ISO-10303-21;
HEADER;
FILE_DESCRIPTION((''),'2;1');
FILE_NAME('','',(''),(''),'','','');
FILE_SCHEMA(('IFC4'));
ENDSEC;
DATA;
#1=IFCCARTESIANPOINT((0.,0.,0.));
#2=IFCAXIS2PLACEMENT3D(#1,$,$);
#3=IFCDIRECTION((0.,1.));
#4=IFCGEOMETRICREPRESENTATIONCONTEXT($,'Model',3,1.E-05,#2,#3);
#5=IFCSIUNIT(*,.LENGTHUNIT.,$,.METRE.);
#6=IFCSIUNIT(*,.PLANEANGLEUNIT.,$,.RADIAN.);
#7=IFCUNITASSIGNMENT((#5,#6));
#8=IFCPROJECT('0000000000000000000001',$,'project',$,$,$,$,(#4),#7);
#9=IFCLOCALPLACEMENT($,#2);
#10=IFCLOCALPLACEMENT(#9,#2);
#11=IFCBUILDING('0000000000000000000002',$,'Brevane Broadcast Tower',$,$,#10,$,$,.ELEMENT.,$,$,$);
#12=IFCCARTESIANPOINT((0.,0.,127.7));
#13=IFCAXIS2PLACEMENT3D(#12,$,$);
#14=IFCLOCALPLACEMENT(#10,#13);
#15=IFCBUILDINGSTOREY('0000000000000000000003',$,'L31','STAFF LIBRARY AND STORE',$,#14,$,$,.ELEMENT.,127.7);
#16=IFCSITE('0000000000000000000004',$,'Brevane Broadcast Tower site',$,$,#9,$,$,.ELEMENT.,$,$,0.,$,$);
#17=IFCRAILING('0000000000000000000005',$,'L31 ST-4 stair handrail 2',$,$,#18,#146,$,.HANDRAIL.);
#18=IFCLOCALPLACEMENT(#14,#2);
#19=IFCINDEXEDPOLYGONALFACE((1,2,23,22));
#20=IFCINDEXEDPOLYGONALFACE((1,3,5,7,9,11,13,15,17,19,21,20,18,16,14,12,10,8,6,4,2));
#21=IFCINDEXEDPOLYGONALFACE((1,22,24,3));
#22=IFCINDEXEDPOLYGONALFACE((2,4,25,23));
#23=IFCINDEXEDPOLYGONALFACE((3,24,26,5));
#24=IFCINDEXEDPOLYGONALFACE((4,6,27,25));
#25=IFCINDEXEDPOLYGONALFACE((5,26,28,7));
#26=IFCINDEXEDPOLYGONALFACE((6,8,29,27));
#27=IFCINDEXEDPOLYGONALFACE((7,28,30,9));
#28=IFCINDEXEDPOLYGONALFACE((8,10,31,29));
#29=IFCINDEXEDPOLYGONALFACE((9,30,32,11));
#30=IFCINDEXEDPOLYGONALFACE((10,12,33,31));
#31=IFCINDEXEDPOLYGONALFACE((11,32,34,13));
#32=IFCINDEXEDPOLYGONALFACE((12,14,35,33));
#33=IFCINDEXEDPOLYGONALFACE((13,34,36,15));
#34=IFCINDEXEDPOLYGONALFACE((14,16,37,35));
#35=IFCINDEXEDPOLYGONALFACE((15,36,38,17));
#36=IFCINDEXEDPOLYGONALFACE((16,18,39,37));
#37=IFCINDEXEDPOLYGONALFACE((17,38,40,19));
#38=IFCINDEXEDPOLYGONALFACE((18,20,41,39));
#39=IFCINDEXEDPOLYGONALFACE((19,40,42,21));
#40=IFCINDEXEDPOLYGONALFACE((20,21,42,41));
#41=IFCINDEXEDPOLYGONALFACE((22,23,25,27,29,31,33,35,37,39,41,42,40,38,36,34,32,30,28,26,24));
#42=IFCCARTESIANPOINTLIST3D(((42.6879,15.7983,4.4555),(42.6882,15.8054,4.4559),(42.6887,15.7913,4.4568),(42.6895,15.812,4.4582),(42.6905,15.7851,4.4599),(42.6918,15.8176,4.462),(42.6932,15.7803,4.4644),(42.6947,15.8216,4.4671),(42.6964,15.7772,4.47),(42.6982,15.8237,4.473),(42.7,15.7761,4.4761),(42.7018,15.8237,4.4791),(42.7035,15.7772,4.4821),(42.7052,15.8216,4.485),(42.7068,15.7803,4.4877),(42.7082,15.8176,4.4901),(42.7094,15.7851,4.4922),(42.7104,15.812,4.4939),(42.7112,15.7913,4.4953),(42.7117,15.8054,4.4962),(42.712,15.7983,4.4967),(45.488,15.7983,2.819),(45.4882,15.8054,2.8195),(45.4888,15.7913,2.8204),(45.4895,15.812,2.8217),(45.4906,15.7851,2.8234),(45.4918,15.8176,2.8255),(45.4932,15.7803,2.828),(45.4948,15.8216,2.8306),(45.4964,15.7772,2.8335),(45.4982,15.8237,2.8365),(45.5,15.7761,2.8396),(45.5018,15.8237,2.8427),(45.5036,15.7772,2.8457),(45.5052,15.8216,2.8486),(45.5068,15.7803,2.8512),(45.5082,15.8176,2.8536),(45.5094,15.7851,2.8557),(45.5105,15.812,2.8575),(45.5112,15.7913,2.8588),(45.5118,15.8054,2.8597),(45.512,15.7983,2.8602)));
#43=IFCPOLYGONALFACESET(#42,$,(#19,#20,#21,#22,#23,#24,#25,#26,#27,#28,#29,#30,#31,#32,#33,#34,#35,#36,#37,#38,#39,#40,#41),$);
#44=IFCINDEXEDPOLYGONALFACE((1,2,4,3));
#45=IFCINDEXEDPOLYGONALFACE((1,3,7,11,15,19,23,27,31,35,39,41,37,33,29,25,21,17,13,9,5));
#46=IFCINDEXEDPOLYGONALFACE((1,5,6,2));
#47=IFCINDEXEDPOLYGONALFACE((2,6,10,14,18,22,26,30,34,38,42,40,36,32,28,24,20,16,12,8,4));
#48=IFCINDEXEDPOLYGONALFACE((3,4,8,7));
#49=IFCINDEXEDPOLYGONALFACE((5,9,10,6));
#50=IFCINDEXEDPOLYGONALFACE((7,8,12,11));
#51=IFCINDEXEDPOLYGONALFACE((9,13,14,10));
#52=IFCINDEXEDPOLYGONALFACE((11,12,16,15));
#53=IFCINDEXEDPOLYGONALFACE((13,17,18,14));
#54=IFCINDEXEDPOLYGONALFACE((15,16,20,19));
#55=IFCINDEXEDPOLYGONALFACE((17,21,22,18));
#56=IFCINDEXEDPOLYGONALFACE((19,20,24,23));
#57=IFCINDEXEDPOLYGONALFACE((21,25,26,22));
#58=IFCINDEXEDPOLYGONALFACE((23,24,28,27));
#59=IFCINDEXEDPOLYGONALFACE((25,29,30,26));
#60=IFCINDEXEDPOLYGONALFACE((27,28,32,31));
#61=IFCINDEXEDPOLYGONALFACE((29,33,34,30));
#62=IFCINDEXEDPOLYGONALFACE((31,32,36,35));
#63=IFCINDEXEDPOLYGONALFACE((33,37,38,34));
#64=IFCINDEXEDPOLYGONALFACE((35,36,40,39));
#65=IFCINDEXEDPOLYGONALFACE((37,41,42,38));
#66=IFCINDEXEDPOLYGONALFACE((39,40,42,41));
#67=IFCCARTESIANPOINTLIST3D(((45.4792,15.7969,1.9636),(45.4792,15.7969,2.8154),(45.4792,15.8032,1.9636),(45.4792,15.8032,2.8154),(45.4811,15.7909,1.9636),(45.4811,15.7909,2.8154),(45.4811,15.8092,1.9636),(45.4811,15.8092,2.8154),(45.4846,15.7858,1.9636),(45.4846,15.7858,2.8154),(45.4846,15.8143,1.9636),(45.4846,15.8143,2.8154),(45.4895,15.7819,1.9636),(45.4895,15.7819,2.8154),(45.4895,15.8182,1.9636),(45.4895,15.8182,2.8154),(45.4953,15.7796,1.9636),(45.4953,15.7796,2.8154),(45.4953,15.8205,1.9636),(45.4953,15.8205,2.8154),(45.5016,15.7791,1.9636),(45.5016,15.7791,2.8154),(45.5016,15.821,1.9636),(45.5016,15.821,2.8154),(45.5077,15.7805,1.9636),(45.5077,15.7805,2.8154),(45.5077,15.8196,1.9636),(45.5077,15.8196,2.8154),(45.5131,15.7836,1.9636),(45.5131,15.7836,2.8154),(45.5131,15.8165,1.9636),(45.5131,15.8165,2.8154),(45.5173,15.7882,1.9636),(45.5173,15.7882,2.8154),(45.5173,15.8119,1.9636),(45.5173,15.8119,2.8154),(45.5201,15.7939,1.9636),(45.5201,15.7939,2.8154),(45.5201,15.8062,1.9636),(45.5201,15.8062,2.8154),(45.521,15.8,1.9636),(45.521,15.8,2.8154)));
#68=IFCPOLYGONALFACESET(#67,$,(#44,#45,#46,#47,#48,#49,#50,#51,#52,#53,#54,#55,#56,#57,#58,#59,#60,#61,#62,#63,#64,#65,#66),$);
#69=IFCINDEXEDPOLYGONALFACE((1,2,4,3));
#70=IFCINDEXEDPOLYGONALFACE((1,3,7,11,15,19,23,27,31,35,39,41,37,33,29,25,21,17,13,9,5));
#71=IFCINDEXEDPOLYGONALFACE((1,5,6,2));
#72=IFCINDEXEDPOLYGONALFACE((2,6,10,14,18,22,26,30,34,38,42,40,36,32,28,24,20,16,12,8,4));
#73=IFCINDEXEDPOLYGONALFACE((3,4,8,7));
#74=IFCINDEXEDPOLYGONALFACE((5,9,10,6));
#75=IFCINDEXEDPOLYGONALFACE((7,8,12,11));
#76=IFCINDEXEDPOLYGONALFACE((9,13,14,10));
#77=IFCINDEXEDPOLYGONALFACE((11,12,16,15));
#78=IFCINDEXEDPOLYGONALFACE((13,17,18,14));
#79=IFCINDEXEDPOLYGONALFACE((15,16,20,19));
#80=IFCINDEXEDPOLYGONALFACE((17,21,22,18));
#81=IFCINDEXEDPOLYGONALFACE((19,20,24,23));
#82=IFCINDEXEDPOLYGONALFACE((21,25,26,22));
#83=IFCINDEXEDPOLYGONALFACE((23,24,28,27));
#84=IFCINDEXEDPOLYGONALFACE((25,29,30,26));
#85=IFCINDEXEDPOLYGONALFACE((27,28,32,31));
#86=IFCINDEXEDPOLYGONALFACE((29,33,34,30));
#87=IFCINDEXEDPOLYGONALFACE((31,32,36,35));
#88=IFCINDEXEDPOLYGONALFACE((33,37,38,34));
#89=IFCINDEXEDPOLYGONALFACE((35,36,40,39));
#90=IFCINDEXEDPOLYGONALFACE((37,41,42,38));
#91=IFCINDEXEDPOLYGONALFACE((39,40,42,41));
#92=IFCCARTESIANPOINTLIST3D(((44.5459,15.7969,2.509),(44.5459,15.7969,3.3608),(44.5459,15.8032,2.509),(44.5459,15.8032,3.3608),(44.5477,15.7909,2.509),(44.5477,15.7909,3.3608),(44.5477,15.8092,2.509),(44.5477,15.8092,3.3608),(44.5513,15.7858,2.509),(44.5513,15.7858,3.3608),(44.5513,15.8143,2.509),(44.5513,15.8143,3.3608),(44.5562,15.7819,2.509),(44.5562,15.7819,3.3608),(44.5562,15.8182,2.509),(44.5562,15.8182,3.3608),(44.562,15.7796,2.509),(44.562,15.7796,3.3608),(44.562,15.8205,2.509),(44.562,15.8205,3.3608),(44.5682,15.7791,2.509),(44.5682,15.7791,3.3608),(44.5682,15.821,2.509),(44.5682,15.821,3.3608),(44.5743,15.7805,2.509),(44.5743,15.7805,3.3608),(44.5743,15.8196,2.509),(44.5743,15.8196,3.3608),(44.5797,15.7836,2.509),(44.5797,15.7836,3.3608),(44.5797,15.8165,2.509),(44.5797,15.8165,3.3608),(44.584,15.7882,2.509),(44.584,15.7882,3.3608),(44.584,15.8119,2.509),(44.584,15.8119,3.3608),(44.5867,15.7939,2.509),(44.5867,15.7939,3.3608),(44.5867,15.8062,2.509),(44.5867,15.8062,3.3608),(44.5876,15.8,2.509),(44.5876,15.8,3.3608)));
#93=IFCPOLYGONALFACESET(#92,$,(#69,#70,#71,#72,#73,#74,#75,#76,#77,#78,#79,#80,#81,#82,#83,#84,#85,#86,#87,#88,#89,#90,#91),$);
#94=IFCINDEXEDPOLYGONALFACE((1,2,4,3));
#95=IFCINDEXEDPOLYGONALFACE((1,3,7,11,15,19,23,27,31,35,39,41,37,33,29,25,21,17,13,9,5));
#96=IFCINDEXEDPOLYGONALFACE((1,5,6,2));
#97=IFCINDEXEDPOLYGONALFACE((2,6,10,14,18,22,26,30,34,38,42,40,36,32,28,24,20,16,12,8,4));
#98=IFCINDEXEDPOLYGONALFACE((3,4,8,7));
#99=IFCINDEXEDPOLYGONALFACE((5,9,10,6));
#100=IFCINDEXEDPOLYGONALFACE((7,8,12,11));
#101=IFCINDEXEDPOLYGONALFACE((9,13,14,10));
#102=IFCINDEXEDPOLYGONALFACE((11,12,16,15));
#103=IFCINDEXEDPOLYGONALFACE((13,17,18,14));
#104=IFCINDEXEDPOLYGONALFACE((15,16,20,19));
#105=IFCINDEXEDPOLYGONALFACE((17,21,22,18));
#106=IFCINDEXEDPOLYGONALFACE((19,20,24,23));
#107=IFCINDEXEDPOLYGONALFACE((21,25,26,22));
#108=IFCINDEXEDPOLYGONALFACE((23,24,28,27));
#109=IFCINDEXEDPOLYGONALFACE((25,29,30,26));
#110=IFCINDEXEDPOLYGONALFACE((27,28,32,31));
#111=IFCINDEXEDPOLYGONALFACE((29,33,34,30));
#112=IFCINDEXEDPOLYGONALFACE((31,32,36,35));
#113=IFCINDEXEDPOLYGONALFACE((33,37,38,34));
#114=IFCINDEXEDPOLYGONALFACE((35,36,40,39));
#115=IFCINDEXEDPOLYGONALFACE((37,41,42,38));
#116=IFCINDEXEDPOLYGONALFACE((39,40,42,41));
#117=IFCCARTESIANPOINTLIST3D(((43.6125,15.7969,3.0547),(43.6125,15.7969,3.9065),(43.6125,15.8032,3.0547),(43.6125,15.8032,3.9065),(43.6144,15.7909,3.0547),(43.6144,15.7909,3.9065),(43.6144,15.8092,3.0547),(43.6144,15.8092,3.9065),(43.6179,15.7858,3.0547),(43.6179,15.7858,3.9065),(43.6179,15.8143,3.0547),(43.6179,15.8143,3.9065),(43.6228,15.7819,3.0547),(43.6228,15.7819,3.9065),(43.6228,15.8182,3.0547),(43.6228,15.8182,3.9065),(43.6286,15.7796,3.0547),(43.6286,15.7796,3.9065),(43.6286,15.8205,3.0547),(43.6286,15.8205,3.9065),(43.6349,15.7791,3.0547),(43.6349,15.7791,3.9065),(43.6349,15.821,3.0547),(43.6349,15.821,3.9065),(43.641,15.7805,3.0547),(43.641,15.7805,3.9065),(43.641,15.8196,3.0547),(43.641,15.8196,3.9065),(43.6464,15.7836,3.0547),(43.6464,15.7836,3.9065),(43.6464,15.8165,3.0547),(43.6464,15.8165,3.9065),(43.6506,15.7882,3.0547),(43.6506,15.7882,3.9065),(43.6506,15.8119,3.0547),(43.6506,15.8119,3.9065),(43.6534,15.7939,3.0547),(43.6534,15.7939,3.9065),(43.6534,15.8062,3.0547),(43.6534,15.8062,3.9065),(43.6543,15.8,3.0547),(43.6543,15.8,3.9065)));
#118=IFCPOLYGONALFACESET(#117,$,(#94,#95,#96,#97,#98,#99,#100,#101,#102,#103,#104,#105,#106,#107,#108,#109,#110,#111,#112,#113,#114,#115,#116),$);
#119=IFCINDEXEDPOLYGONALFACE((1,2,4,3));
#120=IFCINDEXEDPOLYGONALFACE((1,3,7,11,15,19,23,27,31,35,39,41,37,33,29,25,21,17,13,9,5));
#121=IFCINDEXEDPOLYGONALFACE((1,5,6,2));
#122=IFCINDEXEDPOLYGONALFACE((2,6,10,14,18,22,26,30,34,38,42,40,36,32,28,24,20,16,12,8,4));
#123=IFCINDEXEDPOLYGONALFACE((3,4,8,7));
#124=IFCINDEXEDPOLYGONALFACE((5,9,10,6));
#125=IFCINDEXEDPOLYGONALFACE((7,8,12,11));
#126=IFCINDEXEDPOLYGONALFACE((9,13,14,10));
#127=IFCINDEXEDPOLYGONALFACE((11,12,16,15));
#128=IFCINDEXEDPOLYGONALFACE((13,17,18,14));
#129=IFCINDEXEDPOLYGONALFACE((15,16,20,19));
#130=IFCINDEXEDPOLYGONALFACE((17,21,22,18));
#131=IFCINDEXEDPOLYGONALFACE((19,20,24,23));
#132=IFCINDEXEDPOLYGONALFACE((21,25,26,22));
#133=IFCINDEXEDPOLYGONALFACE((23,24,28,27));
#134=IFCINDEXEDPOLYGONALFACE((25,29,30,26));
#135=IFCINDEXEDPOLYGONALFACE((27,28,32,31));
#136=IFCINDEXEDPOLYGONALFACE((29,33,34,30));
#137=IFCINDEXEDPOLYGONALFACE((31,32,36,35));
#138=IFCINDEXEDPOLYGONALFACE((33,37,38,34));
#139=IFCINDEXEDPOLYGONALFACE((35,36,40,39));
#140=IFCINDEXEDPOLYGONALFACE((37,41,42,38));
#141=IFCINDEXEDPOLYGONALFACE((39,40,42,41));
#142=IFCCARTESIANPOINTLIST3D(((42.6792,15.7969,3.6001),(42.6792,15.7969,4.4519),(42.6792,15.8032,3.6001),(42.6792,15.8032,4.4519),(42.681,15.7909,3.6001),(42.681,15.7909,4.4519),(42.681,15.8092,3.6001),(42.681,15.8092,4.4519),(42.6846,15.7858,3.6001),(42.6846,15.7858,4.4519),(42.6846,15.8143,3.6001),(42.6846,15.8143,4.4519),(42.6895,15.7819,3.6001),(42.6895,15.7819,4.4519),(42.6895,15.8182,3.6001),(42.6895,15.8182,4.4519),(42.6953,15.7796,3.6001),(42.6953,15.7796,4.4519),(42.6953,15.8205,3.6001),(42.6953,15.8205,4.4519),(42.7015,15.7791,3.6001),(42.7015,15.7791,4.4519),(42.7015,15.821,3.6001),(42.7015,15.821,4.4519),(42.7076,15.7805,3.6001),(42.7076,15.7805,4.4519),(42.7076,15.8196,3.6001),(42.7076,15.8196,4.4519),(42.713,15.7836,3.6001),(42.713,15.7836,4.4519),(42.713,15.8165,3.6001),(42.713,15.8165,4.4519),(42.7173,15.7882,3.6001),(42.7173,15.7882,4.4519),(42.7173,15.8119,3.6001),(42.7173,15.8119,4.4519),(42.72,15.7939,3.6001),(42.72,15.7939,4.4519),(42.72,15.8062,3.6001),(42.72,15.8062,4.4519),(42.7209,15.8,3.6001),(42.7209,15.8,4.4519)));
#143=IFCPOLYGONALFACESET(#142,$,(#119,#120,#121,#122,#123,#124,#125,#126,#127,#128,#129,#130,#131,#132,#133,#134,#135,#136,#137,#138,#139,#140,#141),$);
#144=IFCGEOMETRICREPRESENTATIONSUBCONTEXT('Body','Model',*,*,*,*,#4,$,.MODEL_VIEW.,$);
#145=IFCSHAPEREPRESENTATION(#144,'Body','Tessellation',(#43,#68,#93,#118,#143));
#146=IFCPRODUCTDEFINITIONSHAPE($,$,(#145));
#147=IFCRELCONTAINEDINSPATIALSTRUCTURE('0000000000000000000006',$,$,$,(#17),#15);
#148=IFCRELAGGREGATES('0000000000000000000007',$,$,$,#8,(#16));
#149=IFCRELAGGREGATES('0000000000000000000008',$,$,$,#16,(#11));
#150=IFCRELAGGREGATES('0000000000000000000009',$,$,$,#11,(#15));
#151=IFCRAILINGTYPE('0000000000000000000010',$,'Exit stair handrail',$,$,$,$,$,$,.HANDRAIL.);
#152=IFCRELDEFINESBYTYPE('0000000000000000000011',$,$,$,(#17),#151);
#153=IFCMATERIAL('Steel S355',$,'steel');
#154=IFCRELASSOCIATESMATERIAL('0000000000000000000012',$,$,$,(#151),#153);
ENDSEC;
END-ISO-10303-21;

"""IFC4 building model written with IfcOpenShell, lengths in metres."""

from ifc_helpers import new_model, si_unit, direction, frame, origin, origin_2d, place, context, subcontext, project, spatial, circle, extrude, material, type_object, element, save


model = new_model("IFC4")

# Units and contexts
model_context = context("Model", 3, precision=1e-05, world=origin(), true_north=direction((0.0, 1.0)))
body_context = subcontext(model_context, "Body", "Model", "MODEL_VIEW")
ifc_project = project(units=[si_unit("LENGTHUNIT", "METRE"), si_unit("PLANEANGLEUNIT", "RADIAN")], contexts=[model_context])

# Site, building, storey
site_placement = place(None, origin())
site = spatial("IfcSite", under=ifc_project, at=site_placement, Name="Brevane Broadcast Tower site", CompositionType="ELEMENT", RefElevation=0.0)
building_placement = place(site_placement, origin())
building = spatial("IfcBuilding", under=site, at=building_placement, Name="Brevane Broadcast Tower", CompositionType="ELEMENT")
storey_placement = place(building_placement, frame((0.0, 0.0, 127.7)))
storey = spatial("IfcBuildingStorey", under=building, at=storey_placement, Name="L31", Description="STAFF LIBRARY AND STORE", CompositionType="ELEMENT", Elevation=127.7)

# Railing
ifc_material_1 = material(Name="Steel S355", Category="steel")
railing_type_1 = type_object("IfcRailingType", Name="Exit stair handrail", PredefinedType="HANDRAIL", material=ifc_material_1)
railing_1_placement = place(storey_placement, frame((45.5, 15.8, 1.9636)))
element("IfcRailing", 1, at=railing_1_placement, inside=storey, type_object=railing_type_1, Name="L31 ST-4 stair handrail 2", PredefinedType="HANDRAIL", context=body_context, shape_type="SweptSolid", body=[
    extrude(circle(Radius=0.0239, at=origin_2d()), frame((0.0, 0.0, 0.876), z_axis=(-0.863361, 0.0, 0.504587), x_axis=(0.0, -1.0, 0.0)), (0.0, 0.0, 1.0), 3.2432),
    extrude(circle(Radius=0.021, at=origin_2d()), origin(), (0.0, 0.0, 1.0), 0.8518),
    extrude(circle(Radius=0.021, at=origin_2d()), frame((-0.9333, 0.0, 0.5454)), (0.0, 0.0, 1.0), 0.8518),
    extrude(circle(Radius=0.021, at=origin_2d()), frame((-1.8667, 0.0, 1.0911)), (0.0, 0.0, 1.0), 0.8518),
    extrude(circle(Radius=0.021, at=origin_2d()), frame((-2.8, 0.0, 1.6365)), (0.0, 0.0, 1.0), 0.8518),
])

save(model, "model.ifc")
